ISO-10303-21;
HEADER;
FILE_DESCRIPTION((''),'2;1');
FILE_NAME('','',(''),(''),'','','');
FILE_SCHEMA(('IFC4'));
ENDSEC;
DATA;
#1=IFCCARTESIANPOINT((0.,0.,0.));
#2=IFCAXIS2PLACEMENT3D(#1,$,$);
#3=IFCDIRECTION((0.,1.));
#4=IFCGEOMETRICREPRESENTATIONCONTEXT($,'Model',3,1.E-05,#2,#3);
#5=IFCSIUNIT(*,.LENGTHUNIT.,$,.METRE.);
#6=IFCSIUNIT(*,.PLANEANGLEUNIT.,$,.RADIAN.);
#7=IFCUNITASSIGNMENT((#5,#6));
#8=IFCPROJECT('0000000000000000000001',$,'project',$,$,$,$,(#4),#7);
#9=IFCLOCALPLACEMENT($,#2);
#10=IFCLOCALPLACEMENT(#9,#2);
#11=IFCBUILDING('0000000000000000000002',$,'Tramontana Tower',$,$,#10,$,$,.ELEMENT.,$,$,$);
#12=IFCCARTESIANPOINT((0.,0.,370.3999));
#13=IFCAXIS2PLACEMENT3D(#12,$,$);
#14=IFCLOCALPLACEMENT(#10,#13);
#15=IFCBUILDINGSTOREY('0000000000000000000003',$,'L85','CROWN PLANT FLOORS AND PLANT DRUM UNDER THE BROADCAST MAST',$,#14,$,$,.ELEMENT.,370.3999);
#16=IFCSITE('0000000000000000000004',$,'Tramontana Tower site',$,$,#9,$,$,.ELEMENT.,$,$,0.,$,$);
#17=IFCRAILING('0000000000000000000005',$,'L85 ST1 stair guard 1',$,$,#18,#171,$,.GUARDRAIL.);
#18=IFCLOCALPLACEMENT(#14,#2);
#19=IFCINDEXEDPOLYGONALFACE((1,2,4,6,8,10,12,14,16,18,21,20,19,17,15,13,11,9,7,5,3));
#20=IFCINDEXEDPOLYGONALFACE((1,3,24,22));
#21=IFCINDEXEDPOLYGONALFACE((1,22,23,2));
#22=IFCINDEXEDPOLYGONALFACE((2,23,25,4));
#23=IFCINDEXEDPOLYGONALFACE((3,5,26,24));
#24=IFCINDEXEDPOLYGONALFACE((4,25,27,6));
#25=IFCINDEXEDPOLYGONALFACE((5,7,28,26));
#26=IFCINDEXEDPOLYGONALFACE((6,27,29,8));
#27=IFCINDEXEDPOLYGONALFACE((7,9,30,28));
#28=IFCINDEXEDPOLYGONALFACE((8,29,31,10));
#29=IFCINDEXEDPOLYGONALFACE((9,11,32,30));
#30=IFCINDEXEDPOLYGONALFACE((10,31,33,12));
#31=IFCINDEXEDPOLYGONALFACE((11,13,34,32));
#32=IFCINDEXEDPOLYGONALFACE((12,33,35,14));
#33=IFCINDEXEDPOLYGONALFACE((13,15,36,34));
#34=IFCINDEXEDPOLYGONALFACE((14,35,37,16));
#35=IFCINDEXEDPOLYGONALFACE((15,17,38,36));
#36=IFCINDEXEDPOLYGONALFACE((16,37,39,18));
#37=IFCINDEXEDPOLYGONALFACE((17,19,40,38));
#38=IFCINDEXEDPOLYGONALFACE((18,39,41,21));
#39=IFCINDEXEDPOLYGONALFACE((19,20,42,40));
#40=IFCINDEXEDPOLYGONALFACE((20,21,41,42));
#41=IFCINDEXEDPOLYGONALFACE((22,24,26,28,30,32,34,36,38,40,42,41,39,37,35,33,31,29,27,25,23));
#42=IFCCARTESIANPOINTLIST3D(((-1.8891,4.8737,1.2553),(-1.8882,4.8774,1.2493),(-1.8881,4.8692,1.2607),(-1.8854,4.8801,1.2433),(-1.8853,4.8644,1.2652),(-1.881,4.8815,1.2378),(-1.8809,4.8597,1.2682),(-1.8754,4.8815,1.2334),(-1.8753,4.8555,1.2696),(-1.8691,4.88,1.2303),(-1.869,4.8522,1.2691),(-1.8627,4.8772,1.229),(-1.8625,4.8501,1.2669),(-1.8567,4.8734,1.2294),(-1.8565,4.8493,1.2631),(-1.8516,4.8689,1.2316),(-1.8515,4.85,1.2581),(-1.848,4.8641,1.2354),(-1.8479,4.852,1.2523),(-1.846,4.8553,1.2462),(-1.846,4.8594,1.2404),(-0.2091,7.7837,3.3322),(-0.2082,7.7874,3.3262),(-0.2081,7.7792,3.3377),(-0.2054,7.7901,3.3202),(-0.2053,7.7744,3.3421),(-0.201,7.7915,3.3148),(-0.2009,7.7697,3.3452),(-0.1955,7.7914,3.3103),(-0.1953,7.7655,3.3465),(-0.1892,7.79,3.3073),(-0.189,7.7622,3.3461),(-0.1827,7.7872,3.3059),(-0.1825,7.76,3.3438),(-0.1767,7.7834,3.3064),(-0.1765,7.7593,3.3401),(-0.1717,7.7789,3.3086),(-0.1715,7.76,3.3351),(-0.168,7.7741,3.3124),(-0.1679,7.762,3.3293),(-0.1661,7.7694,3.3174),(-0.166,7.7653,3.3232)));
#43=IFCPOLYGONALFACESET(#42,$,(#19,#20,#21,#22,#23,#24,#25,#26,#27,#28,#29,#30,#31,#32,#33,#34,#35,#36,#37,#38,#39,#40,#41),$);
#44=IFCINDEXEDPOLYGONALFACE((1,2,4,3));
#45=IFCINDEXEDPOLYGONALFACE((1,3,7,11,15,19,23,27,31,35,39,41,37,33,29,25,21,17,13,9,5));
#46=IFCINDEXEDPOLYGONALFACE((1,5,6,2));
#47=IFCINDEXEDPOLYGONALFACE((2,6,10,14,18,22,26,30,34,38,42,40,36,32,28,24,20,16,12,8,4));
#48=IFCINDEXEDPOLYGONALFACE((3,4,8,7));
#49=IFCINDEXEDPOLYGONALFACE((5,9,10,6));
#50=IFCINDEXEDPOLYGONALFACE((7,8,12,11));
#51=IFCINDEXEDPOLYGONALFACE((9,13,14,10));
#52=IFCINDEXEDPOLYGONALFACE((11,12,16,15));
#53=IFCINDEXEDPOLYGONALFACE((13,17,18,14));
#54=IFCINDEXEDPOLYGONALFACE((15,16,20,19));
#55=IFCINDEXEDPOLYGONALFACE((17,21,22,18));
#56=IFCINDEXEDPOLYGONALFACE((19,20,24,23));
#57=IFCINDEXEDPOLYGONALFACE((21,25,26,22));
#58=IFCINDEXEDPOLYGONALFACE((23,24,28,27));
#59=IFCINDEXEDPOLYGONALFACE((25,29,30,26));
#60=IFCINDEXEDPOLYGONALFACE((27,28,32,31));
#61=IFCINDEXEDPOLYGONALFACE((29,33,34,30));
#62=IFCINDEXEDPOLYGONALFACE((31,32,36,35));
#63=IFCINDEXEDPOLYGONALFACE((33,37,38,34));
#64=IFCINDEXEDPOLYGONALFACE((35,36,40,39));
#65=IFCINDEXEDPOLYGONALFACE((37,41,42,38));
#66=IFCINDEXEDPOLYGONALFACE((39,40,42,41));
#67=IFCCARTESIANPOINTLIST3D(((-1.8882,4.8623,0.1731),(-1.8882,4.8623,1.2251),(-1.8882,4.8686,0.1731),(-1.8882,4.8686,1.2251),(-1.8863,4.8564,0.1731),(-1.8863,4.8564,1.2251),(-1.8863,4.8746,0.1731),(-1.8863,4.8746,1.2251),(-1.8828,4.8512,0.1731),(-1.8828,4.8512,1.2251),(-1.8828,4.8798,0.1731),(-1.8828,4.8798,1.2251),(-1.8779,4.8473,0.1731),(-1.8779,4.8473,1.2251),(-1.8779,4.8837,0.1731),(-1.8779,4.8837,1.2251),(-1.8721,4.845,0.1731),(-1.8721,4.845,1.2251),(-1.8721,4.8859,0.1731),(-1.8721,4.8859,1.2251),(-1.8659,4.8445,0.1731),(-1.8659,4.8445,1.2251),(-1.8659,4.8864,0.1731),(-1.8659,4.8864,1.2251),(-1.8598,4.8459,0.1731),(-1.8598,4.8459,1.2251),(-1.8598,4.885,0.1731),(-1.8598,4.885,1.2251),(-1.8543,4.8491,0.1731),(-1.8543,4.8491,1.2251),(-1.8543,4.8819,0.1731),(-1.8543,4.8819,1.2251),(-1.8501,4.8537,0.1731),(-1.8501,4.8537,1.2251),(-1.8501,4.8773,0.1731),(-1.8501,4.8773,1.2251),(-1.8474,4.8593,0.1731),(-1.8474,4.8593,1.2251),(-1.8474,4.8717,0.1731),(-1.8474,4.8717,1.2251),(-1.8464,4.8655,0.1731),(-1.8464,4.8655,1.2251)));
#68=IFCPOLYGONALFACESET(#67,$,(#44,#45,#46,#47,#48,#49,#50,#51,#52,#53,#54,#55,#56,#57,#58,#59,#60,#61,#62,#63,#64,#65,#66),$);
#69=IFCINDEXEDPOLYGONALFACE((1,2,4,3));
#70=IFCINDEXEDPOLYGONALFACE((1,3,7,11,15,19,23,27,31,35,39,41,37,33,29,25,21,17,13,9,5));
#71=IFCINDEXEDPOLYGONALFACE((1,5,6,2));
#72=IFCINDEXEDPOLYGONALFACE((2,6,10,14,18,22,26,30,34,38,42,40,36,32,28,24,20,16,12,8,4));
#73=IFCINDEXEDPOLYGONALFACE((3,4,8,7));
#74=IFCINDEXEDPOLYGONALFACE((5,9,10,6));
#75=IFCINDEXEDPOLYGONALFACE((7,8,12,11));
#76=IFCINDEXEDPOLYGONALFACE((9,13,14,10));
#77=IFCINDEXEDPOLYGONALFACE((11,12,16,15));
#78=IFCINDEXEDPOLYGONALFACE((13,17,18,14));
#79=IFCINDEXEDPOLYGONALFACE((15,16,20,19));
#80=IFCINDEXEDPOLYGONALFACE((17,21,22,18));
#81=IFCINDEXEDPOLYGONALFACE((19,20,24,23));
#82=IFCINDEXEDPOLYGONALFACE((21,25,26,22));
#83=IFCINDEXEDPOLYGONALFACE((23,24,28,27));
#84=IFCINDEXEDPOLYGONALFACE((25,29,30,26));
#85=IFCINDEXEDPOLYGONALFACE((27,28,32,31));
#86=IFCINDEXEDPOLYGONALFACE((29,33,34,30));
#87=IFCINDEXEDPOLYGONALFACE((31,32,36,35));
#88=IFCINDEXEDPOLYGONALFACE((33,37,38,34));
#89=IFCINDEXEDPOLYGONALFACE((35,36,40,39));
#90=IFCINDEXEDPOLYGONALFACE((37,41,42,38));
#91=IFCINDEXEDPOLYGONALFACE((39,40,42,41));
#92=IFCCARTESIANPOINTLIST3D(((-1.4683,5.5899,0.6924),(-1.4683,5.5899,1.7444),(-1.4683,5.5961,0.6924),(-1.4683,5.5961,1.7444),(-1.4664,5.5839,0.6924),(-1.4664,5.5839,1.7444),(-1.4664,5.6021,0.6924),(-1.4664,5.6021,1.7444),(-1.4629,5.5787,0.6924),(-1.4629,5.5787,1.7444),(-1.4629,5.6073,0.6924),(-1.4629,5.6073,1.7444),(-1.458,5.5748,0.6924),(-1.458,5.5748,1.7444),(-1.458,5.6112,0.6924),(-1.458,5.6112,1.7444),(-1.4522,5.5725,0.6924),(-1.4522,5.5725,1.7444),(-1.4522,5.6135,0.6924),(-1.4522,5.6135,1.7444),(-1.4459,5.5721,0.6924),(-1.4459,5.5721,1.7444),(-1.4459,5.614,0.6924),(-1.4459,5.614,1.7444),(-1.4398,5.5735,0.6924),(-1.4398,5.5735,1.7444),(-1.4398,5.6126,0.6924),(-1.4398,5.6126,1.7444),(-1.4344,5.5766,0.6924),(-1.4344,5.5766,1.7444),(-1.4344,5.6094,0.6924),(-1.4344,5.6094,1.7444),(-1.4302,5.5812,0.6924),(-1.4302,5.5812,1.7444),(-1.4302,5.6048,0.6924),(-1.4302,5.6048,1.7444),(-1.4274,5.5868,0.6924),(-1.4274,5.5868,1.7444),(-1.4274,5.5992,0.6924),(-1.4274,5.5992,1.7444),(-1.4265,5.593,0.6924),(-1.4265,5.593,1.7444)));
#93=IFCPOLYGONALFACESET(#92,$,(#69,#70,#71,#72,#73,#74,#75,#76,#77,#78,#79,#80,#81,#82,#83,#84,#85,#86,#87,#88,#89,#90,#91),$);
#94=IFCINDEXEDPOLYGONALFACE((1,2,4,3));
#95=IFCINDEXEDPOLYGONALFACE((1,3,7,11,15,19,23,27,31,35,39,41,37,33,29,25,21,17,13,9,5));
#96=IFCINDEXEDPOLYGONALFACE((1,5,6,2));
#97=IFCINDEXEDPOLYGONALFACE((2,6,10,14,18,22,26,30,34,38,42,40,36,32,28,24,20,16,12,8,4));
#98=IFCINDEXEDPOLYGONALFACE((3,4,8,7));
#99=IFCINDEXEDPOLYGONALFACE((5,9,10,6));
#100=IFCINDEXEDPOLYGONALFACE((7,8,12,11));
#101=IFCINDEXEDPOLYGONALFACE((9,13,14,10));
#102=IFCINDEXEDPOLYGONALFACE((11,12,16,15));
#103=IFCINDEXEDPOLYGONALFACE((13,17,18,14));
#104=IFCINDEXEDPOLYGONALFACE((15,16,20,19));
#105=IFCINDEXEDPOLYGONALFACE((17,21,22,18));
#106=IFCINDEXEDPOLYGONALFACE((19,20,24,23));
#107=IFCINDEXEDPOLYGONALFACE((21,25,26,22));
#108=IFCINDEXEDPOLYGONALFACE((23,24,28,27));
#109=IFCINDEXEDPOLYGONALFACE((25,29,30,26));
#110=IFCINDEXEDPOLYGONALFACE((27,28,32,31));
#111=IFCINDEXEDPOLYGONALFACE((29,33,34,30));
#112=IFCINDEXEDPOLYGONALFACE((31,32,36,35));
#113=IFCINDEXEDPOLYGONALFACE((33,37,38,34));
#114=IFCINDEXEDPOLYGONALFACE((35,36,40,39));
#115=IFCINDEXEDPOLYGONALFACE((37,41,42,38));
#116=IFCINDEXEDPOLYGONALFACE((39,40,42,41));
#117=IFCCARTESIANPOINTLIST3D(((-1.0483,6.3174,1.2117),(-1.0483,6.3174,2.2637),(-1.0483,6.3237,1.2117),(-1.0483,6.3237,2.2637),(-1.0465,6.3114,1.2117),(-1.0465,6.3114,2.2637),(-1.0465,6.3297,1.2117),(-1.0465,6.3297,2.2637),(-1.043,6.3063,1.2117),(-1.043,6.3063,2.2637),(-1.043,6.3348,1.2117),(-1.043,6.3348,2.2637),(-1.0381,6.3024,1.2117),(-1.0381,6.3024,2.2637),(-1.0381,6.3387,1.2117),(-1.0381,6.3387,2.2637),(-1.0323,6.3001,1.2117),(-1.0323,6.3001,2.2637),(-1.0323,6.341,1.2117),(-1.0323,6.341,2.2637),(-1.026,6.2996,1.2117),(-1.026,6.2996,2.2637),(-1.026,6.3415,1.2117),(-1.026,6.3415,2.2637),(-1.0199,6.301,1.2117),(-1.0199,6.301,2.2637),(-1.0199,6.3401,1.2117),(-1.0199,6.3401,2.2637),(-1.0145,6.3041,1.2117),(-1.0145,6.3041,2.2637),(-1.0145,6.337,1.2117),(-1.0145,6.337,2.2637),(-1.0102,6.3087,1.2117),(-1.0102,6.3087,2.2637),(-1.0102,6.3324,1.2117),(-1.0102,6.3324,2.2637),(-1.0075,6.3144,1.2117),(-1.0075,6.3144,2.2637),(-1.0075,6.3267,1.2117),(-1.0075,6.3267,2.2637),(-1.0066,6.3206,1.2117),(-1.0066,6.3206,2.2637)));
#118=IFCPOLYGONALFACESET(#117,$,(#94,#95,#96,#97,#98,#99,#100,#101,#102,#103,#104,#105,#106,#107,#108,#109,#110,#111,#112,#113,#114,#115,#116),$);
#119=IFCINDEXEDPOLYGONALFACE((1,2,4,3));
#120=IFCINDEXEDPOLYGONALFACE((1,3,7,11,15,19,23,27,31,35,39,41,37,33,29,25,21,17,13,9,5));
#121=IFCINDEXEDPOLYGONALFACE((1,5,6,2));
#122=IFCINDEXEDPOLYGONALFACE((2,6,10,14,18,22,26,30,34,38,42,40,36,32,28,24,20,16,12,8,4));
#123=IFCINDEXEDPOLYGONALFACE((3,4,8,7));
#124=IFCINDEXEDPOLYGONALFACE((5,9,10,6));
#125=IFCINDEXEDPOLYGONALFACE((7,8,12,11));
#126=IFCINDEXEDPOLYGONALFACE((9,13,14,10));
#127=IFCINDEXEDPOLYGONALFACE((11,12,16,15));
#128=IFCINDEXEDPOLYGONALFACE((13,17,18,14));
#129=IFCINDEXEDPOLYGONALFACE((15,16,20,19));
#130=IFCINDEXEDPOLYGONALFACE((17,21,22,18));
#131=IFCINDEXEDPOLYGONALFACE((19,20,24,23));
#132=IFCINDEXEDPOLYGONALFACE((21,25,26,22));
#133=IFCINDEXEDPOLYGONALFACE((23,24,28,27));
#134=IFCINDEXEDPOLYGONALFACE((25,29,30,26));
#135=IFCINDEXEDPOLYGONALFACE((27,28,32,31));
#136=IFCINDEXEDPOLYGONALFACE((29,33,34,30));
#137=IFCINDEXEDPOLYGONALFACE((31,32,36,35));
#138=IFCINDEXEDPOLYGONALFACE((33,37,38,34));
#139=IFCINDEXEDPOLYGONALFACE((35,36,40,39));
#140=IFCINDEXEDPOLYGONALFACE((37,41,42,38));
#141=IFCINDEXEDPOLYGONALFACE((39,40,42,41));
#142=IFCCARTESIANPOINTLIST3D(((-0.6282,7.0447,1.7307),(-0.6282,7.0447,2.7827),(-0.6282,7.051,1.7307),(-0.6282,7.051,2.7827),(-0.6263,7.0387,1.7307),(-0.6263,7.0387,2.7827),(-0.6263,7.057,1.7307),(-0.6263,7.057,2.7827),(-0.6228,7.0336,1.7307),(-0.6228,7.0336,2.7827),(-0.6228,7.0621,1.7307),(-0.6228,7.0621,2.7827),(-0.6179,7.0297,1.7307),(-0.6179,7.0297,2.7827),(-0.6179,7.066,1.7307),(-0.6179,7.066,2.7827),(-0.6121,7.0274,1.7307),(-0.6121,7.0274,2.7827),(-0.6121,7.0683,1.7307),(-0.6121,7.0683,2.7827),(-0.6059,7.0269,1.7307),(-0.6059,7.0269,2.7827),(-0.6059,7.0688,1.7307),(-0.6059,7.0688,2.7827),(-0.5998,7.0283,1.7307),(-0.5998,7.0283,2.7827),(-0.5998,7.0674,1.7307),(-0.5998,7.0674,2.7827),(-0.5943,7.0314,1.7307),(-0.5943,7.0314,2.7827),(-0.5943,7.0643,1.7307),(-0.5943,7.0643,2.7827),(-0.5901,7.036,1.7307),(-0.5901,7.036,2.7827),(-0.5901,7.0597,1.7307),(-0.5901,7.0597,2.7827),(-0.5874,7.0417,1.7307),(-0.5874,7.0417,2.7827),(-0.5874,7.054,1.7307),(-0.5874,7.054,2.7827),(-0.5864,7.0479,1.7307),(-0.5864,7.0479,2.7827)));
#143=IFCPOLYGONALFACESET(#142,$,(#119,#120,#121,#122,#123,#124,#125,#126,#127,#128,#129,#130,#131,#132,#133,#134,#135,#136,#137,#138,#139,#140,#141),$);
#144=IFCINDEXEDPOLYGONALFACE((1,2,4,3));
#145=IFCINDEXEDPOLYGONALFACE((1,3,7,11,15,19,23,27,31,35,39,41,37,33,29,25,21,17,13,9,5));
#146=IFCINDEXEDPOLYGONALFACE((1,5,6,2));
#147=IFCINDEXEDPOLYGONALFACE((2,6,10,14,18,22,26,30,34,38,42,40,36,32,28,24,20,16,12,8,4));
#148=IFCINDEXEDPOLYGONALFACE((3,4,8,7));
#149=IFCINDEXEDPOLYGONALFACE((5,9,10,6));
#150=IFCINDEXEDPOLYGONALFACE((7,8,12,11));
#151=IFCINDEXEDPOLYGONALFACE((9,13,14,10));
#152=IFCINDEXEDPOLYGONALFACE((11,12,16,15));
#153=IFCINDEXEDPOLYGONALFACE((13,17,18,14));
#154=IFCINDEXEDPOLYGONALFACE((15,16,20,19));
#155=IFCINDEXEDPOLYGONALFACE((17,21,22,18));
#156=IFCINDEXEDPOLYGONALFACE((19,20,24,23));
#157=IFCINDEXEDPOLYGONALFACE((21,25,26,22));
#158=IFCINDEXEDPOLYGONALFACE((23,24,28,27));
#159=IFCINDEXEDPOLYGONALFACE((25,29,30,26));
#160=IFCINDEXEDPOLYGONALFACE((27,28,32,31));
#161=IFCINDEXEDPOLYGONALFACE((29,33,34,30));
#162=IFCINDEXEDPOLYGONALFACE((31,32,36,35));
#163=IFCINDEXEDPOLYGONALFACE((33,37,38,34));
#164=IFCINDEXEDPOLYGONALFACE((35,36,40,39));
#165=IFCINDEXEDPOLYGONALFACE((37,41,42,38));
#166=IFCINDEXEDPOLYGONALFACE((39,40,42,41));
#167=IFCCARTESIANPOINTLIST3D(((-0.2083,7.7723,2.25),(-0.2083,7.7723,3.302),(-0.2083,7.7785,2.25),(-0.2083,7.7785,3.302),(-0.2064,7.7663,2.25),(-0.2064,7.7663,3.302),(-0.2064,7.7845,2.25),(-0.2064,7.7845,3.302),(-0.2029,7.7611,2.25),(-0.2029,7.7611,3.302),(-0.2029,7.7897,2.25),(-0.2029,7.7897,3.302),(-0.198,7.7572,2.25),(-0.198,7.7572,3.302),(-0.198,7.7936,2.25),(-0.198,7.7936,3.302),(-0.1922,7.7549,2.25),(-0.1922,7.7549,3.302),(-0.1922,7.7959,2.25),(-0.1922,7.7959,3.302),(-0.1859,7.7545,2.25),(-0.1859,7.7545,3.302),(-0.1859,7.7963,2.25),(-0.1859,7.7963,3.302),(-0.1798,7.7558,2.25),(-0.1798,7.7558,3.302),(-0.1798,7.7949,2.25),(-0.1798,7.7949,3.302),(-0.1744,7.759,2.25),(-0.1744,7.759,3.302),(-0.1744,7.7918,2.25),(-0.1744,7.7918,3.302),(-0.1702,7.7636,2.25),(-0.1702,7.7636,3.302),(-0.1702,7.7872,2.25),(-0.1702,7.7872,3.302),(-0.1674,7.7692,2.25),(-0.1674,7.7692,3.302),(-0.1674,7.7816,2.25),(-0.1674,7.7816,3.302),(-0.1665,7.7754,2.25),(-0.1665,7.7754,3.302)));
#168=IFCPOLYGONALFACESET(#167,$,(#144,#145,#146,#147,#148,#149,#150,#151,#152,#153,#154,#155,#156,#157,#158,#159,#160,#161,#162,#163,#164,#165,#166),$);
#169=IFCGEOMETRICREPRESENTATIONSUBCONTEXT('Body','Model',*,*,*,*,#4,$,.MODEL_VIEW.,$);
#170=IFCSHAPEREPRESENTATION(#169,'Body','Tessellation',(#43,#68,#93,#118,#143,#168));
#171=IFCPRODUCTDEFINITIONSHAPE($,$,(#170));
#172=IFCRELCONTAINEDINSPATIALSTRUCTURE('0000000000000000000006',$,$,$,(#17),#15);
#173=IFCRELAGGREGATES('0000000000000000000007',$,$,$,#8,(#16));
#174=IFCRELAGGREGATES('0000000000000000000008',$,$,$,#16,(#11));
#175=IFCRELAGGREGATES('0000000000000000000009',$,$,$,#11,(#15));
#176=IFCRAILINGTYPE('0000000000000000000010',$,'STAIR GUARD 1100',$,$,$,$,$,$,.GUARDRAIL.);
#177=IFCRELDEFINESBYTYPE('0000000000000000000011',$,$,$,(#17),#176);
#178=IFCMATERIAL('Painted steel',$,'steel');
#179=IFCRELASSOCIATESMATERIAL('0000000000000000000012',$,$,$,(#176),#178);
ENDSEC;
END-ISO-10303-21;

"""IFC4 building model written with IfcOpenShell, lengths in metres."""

from ifc_helpers import new_model, si_unit, direction, frame, origin, origin_2d, place, context, subcontext, project, spatial, circle, extrude, material, type_object, element, save


model = new_model("IFC4")

# Units and contexts
model_context = context("Model", 3, precision=1e-05, world=origin(), true_north=direction((0.0, 1.0)))
body_context = subcontext(model_context, "Body", "Model", "MODEL_VIEW")
ifc_project = project(units=[si_unit("LENGTHUNIT", "METRE"), si_unit("PLANEANGLEUNIT", "RADIAN")], contexts=[model_context])

# Site, building, storey
site_placement = place(None, origin())
site = spatial("IfcSite", under=ifc_project, at=site_placement, Name="Tramontana Tower site", CompositionType="ELEMENT", RefElevation=0.0)
building_placement = place(site_placement, origin())
building = spatial("IfcBuilding", under=site, at=building_placement, Name="Tramontana Tower", CompositionType="ELEMENT")
storey_placement = place(building_placement, frame((0.0, 0.0, 370.3999)))
storey = spatial("IfcBuildingStorey", under=building, at=storey_placement, Name="L85", Description="CROWN PLANT FLOORS AND PLANT DRUM UNDER THE BROADCAST MAST", CompositionType="ELEMENT", Elevation=370.3999)

# Railing
ifc_material_1 = material(Name="Painted steel", Category="steel")
railing_type_1 = type_object("IfcRailingType", Name="STAIR GUARD 1100", PredefinedType="GUARDRAIL", material=ifc_material_1)
railing_1_placement = place(storey_placement, frame((-1.8674, 4.8655, 0.1731)))
element("IfcRailing", 1, at=railing_1_placement, inside=storey, type_object=railing_type_1, Name="L85 ST1 stair guard 1", PredefinedType="GUARDRAIL", context=body_context, shape_type="SweptSolid", body=[
    extrude(circle(Radius=0.0239, at=origin_2d()), frame((0.0, 0.0, 1.0762), z_axis=(0.425288, 0.736668, 0.525785), x_axis=(-0.866039, 0.499976, 0.0)), (0.0, 0.0, 1.0), 3.9502),
    extrude(circle(Radius=0.021, at=origin_2d()), origin(), (0.0, 0.0, 1.0), 1.052),
    extrude(circle(Radius=0.021, at=origin_2d()), frame((0.4199, 0.7275, 0.5193)), (0.0, 0.0, 1.0), 1.052),
    extrude(circle(Radius=0.021, at=origin_2d()), frame((0.8398, 1.4551, 1.0386)), (0.0, 0.0, 1.0), 1.052),
    extrude(circle(Radius=0.021, at=origin_2d()), frame((1.26, 2.1824, 1.5576)), (0.0, 0.0, 1.0), 1.052),
    extrude(circle(Radius=0.021, at=origin_2d()), frame((1.6799, 2.9099, 2.0769)), (0.0, 0.0, 1.0), 1.052),
])

save(model, "model.ifc")
